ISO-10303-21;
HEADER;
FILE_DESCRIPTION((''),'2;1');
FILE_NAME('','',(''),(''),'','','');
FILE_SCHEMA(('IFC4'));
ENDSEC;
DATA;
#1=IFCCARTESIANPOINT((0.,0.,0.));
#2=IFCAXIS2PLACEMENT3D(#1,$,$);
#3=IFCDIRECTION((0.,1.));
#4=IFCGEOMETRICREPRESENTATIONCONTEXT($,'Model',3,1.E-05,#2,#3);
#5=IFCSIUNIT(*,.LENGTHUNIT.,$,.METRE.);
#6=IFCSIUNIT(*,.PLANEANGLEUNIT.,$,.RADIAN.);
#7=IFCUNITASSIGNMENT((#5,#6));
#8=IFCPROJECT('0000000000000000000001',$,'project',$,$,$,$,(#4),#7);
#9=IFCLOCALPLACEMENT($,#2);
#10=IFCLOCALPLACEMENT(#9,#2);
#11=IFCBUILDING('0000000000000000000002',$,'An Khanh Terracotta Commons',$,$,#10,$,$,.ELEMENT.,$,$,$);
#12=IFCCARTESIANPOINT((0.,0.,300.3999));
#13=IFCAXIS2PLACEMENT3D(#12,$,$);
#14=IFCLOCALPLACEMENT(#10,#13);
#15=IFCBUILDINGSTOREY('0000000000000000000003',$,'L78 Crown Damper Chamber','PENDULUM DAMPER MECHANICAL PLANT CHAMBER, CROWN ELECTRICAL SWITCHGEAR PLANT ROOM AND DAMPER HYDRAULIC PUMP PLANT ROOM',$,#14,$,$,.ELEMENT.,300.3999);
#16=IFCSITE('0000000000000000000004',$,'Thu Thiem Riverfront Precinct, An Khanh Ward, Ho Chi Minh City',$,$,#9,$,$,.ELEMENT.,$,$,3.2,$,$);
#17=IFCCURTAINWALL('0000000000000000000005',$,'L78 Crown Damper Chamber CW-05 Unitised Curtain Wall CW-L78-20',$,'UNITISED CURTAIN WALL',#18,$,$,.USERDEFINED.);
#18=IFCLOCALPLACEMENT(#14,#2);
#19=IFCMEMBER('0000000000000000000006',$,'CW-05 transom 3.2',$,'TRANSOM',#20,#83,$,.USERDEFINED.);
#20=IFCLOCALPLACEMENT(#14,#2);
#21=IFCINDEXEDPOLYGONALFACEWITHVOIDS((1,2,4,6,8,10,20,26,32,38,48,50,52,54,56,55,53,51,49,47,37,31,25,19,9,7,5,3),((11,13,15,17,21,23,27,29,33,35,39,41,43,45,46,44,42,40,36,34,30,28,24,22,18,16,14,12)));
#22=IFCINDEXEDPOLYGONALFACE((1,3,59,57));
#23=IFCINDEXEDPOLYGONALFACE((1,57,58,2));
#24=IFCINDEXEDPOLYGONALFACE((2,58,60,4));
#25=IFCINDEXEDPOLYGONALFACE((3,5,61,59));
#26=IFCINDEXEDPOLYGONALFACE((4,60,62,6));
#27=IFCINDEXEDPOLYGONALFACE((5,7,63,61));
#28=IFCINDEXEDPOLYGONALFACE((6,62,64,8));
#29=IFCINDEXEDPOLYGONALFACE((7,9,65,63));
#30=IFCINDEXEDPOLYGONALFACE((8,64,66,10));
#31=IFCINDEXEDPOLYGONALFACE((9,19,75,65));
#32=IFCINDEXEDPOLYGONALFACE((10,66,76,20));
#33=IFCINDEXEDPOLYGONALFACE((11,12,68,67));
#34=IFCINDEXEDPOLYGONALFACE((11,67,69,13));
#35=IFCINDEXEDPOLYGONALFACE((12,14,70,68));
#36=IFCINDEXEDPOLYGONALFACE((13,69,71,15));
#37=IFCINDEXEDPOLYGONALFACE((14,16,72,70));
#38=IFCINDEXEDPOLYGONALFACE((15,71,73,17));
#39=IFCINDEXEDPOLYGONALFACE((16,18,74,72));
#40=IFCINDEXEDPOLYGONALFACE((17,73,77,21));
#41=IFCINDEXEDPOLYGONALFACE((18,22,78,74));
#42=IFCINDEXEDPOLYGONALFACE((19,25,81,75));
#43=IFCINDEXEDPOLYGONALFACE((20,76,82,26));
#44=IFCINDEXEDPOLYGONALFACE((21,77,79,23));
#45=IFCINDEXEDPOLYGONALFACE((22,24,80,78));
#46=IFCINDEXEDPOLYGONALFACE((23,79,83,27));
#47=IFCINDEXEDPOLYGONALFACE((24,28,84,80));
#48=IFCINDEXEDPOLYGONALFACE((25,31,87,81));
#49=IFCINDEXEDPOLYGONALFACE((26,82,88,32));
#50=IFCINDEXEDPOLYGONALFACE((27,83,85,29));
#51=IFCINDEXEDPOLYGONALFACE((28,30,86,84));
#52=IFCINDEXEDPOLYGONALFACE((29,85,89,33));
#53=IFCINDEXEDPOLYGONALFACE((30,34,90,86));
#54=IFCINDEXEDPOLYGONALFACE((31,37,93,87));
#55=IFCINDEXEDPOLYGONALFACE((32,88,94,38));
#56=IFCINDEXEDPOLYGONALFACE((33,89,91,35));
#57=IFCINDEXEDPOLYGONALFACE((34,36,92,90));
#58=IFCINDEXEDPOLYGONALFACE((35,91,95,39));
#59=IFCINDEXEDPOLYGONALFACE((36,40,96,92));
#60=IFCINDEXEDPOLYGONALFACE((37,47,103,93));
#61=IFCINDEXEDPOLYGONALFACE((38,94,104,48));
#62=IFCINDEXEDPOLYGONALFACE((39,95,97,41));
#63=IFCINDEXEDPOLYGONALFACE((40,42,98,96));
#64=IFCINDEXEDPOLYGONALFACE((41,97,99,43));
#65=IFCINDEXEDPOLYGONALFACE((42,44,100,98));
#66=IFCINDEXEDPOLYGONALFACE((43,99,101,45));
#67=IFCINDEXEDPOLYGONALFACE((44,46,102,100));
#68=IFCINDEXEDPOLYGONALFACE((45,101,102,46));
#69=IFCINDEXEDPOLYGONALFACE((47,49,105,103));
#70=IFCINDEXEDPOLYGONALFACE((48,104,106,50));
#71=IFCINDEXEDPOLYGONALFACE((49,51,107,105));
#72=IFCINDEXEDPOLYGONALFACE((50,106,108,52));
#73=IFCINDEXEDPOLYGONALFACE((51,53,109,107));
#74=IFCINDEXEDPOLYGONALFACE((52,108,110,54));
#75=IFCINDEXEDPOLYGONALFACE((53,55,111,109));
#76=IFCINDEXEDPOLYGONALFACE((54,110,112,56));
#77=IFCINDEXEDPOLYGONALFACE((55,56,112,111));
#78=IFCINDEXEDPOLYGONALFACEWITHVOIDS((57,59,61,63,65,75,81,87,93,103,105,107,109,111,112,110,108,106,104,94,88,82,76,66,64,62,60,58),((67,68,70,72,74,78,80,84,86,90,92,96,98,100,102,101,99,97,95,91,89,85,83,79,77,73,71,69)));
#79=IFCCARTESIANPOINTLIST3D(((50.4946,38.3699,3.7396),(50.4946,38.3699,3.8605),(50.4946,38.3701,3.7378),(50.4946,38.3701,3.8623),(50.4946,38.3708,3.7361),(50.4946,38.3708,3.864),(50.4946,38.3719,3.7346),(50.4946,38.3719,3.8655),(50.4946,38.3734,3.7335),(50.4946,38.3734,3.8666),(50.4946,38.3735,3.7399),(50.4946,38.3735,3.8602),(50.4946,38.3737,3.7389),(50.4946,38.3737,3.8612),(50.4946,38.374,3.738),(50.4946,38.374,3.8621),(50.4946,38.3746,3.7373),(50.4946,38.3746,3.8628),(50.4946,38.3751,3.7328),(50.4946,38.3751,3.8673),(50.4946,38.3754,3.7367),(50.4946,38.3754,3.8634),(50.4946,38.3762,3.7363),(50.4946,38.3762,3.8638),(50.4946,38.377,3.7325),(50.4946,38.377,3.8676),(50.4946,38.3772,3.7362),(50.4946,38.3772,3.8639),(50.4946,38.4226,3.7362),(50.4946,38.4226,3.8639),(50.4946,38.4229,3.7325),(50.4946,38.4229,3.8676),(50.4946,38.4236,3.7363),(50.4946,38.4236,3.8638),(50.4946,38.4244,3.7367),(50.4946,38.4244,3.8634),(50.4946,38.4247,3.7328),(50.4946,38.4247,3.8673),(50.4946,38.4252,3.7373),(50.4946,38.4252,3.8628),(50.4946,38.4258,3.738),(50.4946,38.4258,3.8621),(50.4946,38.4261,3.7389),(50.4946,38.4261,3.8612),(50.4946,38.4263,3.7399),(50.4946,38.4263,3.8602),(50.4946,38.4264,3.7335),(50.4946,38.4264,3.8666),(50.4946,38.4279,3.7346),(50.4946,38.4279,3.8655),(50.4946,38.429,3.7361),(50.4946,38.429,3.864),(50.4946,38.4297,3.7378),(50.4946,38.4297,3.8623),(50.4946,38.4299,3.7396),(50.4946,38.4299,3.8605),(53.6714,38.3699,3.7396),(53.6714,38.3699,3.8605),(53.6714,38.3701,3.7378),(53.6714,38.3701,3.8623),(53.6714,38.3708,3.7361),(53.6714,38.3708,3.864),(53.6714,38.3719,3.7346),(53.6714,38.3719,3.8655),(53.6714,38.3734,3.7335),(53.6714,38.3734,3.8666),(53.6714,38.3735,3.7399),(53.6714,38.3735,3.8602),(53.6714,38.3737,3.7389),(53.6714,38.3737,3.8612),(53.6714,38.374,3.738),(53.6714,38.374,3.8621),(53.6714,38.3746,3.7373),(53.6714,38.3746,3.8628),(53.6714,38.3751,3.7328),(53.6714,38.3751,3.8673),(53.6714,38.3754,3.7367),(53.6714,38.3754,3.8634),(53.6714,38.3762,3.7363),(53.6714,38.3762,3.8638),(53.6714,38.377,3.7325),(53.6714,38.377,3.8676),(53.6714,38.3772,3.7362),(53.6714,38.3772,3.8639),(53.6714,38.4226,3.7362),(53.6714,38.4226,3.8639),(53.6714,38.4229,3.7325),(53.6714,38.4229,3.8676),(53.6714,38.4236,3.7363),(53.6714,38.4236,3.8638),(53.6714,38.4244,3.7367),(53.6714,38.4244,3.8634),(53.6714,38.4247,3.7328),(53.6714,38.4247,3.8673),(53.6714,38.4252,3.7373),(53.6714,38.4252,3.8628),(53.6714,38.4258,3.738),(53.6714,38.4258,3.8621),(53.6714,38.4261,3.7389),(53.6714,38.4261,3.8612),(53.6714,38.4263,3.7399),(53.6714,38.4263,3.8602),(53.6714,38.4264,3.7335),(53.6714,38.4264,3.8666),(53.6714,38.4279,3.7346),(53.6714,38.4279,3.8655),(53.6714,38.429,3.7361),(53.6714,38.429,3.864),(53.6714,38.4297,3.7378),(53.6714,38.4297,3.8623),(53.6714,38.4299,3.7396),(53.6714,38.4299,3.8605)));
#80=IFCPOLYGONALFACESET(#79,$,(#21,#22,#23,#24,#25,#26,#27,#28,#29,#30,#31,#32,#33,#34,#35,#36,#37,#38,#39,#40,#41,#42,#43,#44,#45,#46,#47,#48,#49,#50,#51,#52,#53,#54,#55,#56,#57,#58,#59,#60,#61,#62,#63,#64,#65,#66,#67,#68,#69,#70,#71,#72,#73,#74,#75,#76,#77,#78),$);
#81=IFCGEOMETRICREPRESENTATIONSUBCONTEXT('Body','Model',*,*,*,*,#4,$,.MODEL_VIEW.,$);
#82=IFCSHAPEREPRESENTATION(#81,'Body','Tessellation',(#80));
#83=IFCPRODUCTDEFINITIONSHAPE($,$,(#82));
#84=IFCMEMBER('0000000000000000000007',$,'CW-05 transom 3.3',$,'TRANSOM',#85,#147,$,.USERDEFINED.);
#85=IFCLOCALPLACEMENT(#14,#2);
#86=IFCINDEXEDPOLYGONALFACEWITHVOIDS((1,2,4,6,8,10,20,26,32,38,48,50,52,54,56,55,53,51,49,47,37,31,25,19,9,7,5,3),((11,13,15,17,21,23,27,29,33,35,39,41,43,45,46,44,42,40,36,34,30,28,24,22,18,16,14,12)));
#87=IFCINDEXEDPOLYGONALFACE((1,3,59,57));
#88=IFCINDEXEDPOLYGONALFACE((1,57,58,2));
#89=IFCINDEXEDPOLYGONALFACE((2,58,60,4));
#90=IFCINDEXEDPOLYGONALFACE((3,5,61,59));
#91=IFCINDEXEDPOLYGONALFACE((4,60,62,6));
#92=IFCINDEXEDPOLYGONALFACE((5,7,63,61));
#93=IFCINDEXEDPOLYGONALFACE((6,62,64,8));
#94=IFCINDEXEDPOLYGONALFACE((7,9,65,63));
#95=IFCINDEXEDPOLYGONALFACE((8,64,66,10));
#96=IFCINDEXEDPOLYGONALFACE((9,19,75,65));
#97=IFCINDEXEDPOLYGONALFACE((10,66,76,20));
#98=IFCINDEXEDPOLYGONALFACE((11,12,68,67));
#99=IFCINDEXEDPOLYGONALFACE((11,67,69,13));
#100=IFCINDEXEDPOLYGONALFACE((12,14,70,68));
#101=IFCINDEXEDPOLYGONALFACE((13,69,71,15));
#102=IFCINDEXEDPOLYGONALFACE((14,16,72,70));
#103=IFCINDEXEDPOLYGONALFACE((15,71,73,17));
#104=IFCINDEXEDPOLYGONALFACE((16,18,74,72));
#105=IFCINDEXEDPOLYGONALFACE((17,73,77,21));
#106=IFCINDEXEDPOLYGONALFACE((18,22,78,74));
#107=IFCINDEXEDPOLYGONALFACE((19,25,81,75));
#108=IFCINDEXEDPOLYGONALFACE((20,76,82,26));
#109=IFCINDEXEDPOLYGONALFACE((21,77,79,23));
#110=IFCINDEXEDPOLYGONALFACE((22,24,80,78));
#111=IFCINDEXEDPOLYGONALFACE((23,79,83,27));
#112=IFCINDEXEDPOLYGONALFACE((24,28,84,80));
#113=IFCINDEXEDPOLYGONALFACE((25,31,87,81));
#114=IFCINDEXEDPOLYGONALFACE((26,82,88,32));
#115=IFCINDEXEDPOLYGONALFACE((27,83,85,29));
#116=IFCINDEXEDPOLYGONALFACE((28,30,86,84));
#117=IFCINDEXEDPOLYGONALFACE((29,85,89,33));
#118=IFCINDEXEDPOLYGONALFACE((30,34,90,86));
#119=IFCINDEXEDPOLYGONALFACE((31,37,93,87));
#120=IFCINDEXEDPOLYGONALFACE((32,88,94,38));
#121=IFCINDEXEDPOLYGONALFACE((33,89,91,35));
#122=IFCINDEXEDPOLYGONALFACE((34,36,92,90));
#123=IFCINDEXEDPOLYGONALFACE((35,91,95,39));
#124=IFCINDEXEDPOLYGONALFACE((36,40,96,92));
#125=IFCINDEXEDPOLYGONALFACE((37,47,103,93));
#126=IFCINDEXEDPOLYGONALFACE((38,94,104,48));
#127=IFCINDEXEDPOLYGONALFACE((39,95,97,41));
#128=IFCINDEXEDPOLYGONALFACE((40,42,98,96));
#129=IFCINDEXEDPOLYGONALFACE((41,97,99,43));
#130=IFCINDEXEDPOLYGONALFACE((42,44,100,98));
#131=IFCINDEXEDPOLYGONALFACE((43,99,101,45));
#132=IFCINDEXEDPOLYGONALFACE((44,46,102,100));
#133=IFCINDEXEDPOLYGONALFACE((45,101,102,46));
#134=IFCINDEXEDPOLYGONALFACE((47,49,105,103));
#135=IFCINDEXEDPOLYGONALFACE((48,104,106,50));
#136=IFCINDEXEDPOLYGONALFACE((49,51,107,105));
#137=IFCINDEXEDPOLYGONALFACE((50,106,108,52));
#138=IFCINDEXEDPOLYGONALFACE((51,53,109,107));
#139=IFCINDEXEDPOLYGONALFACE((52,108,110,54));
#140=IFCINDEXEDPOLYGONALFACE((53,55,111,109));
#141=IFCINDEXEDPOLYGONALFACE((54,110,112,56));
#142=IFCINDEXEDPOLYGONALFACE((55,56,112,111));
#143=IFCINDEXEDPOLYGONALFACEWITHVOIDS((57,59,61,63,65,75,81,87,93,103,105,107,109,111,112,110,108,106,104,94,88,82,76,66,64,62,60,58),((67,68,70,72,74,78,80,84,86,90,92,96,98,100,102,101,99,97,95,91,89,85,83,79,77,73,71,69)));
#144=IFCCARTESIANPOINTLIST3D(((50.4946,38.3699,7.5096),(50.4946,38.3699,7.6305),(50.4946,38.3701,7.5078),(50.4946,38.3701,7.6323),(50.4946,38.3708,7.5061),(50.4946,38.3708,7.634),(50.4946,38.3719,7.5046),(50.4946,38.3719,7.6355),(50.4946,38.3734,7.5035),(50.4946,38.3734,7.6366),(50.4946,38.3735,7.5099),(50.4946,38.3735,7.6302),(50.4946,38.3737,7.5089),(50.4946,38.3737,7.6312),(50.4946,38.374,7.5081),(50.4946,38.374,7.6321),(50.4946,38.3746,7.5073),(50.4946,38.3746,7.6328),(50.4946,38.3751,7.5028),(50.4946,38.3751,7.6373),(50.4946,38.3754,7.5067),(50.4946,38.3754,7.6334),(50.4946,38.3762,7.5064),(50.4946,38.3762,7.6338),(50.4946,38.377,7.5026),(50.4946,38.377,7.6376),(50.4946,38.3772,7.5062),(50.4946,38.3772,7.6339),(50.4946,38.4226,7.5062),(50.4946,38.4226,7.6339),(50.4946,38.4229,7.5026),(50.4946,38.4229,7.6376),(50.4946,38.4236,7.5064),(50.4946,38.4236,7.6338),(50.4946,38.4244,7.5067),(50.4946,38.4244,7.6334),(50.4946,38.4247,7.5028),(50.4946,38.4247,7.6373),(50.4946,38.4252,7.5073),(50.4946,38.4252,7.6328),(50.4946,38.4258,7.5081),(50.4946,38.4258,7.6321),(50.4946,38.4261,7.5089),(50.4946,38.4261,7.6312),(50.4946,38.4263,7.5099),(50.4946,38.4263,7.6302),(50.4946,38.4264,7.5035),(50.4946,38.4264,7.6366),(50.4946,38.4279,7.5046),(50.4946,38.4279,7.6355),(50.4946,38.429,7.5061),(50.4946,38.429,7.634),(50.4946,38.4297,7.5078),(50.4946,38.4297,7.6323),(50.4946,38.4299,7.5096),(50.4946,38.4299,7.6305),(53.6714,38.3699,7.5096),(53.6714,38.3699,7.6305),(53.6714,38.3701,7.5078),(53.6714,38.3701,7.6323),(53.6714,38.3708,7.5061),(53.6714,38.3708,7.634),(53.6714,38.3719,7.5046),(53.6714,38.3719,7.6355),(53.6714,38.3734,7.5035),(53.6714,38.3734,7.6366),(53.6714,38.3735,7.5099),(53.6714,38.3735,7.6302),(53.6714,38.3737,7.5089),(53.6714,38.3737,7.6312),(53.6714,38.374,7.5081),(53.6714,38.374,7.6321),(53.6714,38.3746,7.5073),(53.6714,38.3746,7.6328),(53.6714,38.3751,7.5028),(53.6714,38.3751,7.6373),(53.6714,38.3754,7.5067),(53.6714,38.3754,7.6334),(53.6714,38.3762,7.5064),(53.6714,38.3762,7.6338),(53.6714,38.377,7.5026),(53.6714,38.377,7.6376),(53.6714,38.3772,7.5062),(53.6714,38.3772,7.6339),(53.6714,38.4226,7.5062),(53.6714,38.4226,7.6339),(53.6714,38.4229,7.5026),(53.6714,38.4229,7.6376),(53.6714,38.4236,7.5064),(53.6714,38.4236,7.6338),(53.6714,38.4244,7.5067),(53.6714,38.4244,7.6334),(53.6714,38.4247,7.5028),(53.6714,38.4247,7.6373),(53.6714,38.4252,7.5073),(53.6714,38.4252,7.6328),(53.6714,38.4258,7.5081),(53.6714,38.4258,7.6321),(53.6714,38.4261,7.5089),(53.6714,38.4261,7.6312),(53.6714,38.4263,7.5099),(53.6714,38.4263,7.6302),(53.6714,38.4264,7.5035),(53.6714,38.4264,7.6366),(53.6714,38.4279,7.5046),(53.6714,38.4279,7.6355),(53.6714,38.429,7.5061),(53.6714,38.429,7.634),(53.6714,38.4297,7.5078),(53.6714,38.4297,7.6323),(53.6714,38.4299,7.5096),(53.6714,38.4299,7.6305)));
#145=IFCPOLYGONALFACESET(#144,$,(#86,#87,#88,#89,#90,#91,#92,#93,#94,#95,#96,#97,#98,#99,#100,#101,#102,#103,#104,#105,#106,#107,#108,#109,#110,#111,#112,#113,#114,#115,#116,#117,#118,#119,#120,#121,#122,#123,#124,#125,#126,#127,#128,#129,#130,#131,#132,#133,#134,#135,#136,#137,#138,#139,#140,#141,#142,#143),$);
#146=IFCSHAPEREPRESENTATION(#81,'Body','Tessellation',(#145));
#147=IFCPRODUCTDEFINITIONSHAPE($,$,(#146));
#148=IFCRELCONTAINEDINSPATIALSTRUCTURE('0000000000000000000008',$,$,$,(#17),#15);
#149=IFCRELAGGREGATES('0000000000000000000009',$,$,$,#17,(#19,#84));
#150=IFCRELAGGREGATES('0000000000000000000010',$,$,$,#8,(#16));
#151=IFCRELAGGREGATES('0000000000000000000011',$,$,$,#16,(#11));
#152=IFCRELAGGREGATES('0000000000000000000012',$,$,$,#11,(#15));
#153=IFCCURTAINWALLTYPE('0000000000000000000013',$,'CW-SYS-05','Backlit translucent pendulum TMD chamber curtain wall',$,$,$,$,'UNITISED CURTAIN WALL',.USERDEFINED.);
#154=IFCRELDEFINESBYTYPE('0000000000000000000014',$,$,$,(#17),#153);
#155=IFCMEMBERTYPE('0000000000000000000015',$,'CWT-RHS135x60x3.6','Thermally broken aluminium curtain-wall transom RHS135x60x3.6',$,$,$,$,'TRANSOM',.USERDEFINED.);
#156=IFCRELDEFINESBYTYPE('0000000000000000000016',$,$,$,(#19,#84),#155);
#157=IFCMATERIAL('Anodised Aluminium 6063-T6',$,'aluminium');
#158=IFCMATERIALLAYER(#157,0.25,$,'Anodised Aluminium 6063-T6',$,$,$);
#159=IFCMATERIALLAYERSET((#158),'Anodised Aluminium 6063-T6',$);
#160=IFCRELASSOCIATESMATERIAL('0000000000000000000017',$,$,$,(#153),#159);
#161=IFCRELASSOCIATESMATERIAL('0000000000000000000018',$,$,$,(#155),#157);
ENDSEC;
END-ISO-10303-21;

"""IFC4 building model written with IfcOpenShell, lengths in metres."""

from ifc_helpers import new_model, si_unit, direction, frame, origin, origin_2d, place, context, subcontext, project, spatial, hollow_rectangle, extrude, material, layer, layer_set, material_profile, profile_set, type_object, element, aggregate, save


model = new_model("IFC4")

# Units and contexts
model_context = context("Model", 3, precision=1e-05, world=origin(), true_north=direction((0.0, 1.0)))
body_context = subcontext(model_context, "Body", "Model", "MODEL_VIEW")
ifc_project = project(units=[si_unit("LENGTHUNIT", "METRE"), si_unit("PLANEANGLEUNIT", "RADIAN")], contexts=[model_context])

# Site, building, storey
site_placement = place(None, origin())
site = spatial("IfcSite", under=ifc_project, at=site_placement, Name="Thu Thiem Riverfront Precinct, An Khanh Ward, Ho Chi Minh City", CompositionType="ELEMENT", RefElevation=3.2)
building_placement = place(site_placement, origin())
building = spatial("IfcBuilding", under=site, at=building_placement, Name="An Khanh Terracotta Commons", CompositionType="ELEMENT")
storey_placement = place(building_placement, frame((0.0, 0.0, 300.3999)))
storey = spatial("IfcBuildingStorey", under=building, at=storey_placement, Name="L78 Crown Damper Chamber", Description="PENDULUM DAMPER MECHANICAL PLANT CHAMBER, CROWN ELECTRICAL SWITCHGEAR PLANT ROOM AND DAMPER HYDRAULIC PUMP PLANT ROOM", CompositionType="ELEMENT", Elevation=300.3999)

# Curtain wall, members
ifc_material_1 = material(Name="Anodised Aluminium 6063-T6", Category="aluminium")
ifc_layer_1 = layer(ifc_material_1, 0.25, Name="Anodised Aluminium 6063-T6")
ifc_layer_set_1 = layer_set([ifc_layer_1], Name="Anodised Aluminium 6063-T6")
curtain_wall_type = type_object("IfcCurtainWallType", Name="CW-SYS-05", Description="Backlit translucent pendulum TMD chamber curtain wall", ElementType="UNITISED CURTAIN WALL", PredefinedType="USERDEFINED", material=ifc_layer_set_1)
curtain_wall_placement = place(storey_placement, origin())
curtain_wall = element("IfcCurtainWall", 1, at=curtain_wall_placement, inside=storey, type_object=curtain_wall_type, Name="L78 Crown Damper Chamber CW-05 Unitised Curtain Wall CW-L78-20", ObjectType="UNITISED CURTAIN WALL", PredefinedType="USERDEFINED")
ifc_material_profile_1 = material_profile(ifc_material_1, hollow_rectangle(XDim=0.0601, YDim=0.135, WallThickness=0.0037, InnerFilletRadius=0.0037, OuterFilletRadius=0.0071, at=origin_2d()), Name="RHS135x60x3.6")
ifc_profile_set_1 = profile_set([ifc_material_profile_1], Name="Anodised Aluminium 6063-T6")
member_type_1 = type_object("IfcMemberType", Name="CWT-RHS135x60x3.6", Description="Thermally broken aluminium curtain-wall transom RHS135x60x3.6", ElementType="TRANSOM", PredefinedType="USERDEFINED", material=ifc_profile_set_1)
member_1_placement = place(storey_placement, frame((53.6714, 38.3999, 3.8), z_axis=(-1.0, 0.0, 0.0), x_axis=(0.0, -1.0, 0.0)))
member_1 = element("IfcMember", 2, at=member_1_placement, type_object=member_type_1, Name="CW-05 transom 3.2", ObjectType="TRANSOM", PredefinedType="USERDEFINED", context=body_context, shape_type="SweptSolid", body=[
    extrude(hollow_rectangle(XDim=0.0601, YDim=0.135, WallThickness=0.0037, InnerFilletRadius=0.0037, OuterFilletRadius=0.0071, at=origin_2d()), origin(), (0.0, 0.0, 1.0), 3.1768),
])
member_2_placement = place(storey_placement, frame((53.6714, 38.3999, 7.5701), z_axis=(-1.0, 0.0, 0.0), x_axis=(0.0, -1.0, 0.0)))
member_2 = element("IfcMember", 3, at=member_2_placement, type_object=member_type_1, Name="CW-05 transom 3.3", ObjectType="TRANSOM", PredefinedType="USERDEFINED", context=body_context, shape_type="SweptSolid", body=[
    extrude(hollow_rectangle(XDim=0.0601, YDim=0.135, WallThickness=0.0037, InnerFilletRadius=0.0037, OuterFilletRadius=0.0071, at=origin_2d()), origin(), (0.0, 0.0, 1.0), 3.1768),
])

aggregate(curtain_wall, [member_1, member_2])

save(model, "model.ifc")
